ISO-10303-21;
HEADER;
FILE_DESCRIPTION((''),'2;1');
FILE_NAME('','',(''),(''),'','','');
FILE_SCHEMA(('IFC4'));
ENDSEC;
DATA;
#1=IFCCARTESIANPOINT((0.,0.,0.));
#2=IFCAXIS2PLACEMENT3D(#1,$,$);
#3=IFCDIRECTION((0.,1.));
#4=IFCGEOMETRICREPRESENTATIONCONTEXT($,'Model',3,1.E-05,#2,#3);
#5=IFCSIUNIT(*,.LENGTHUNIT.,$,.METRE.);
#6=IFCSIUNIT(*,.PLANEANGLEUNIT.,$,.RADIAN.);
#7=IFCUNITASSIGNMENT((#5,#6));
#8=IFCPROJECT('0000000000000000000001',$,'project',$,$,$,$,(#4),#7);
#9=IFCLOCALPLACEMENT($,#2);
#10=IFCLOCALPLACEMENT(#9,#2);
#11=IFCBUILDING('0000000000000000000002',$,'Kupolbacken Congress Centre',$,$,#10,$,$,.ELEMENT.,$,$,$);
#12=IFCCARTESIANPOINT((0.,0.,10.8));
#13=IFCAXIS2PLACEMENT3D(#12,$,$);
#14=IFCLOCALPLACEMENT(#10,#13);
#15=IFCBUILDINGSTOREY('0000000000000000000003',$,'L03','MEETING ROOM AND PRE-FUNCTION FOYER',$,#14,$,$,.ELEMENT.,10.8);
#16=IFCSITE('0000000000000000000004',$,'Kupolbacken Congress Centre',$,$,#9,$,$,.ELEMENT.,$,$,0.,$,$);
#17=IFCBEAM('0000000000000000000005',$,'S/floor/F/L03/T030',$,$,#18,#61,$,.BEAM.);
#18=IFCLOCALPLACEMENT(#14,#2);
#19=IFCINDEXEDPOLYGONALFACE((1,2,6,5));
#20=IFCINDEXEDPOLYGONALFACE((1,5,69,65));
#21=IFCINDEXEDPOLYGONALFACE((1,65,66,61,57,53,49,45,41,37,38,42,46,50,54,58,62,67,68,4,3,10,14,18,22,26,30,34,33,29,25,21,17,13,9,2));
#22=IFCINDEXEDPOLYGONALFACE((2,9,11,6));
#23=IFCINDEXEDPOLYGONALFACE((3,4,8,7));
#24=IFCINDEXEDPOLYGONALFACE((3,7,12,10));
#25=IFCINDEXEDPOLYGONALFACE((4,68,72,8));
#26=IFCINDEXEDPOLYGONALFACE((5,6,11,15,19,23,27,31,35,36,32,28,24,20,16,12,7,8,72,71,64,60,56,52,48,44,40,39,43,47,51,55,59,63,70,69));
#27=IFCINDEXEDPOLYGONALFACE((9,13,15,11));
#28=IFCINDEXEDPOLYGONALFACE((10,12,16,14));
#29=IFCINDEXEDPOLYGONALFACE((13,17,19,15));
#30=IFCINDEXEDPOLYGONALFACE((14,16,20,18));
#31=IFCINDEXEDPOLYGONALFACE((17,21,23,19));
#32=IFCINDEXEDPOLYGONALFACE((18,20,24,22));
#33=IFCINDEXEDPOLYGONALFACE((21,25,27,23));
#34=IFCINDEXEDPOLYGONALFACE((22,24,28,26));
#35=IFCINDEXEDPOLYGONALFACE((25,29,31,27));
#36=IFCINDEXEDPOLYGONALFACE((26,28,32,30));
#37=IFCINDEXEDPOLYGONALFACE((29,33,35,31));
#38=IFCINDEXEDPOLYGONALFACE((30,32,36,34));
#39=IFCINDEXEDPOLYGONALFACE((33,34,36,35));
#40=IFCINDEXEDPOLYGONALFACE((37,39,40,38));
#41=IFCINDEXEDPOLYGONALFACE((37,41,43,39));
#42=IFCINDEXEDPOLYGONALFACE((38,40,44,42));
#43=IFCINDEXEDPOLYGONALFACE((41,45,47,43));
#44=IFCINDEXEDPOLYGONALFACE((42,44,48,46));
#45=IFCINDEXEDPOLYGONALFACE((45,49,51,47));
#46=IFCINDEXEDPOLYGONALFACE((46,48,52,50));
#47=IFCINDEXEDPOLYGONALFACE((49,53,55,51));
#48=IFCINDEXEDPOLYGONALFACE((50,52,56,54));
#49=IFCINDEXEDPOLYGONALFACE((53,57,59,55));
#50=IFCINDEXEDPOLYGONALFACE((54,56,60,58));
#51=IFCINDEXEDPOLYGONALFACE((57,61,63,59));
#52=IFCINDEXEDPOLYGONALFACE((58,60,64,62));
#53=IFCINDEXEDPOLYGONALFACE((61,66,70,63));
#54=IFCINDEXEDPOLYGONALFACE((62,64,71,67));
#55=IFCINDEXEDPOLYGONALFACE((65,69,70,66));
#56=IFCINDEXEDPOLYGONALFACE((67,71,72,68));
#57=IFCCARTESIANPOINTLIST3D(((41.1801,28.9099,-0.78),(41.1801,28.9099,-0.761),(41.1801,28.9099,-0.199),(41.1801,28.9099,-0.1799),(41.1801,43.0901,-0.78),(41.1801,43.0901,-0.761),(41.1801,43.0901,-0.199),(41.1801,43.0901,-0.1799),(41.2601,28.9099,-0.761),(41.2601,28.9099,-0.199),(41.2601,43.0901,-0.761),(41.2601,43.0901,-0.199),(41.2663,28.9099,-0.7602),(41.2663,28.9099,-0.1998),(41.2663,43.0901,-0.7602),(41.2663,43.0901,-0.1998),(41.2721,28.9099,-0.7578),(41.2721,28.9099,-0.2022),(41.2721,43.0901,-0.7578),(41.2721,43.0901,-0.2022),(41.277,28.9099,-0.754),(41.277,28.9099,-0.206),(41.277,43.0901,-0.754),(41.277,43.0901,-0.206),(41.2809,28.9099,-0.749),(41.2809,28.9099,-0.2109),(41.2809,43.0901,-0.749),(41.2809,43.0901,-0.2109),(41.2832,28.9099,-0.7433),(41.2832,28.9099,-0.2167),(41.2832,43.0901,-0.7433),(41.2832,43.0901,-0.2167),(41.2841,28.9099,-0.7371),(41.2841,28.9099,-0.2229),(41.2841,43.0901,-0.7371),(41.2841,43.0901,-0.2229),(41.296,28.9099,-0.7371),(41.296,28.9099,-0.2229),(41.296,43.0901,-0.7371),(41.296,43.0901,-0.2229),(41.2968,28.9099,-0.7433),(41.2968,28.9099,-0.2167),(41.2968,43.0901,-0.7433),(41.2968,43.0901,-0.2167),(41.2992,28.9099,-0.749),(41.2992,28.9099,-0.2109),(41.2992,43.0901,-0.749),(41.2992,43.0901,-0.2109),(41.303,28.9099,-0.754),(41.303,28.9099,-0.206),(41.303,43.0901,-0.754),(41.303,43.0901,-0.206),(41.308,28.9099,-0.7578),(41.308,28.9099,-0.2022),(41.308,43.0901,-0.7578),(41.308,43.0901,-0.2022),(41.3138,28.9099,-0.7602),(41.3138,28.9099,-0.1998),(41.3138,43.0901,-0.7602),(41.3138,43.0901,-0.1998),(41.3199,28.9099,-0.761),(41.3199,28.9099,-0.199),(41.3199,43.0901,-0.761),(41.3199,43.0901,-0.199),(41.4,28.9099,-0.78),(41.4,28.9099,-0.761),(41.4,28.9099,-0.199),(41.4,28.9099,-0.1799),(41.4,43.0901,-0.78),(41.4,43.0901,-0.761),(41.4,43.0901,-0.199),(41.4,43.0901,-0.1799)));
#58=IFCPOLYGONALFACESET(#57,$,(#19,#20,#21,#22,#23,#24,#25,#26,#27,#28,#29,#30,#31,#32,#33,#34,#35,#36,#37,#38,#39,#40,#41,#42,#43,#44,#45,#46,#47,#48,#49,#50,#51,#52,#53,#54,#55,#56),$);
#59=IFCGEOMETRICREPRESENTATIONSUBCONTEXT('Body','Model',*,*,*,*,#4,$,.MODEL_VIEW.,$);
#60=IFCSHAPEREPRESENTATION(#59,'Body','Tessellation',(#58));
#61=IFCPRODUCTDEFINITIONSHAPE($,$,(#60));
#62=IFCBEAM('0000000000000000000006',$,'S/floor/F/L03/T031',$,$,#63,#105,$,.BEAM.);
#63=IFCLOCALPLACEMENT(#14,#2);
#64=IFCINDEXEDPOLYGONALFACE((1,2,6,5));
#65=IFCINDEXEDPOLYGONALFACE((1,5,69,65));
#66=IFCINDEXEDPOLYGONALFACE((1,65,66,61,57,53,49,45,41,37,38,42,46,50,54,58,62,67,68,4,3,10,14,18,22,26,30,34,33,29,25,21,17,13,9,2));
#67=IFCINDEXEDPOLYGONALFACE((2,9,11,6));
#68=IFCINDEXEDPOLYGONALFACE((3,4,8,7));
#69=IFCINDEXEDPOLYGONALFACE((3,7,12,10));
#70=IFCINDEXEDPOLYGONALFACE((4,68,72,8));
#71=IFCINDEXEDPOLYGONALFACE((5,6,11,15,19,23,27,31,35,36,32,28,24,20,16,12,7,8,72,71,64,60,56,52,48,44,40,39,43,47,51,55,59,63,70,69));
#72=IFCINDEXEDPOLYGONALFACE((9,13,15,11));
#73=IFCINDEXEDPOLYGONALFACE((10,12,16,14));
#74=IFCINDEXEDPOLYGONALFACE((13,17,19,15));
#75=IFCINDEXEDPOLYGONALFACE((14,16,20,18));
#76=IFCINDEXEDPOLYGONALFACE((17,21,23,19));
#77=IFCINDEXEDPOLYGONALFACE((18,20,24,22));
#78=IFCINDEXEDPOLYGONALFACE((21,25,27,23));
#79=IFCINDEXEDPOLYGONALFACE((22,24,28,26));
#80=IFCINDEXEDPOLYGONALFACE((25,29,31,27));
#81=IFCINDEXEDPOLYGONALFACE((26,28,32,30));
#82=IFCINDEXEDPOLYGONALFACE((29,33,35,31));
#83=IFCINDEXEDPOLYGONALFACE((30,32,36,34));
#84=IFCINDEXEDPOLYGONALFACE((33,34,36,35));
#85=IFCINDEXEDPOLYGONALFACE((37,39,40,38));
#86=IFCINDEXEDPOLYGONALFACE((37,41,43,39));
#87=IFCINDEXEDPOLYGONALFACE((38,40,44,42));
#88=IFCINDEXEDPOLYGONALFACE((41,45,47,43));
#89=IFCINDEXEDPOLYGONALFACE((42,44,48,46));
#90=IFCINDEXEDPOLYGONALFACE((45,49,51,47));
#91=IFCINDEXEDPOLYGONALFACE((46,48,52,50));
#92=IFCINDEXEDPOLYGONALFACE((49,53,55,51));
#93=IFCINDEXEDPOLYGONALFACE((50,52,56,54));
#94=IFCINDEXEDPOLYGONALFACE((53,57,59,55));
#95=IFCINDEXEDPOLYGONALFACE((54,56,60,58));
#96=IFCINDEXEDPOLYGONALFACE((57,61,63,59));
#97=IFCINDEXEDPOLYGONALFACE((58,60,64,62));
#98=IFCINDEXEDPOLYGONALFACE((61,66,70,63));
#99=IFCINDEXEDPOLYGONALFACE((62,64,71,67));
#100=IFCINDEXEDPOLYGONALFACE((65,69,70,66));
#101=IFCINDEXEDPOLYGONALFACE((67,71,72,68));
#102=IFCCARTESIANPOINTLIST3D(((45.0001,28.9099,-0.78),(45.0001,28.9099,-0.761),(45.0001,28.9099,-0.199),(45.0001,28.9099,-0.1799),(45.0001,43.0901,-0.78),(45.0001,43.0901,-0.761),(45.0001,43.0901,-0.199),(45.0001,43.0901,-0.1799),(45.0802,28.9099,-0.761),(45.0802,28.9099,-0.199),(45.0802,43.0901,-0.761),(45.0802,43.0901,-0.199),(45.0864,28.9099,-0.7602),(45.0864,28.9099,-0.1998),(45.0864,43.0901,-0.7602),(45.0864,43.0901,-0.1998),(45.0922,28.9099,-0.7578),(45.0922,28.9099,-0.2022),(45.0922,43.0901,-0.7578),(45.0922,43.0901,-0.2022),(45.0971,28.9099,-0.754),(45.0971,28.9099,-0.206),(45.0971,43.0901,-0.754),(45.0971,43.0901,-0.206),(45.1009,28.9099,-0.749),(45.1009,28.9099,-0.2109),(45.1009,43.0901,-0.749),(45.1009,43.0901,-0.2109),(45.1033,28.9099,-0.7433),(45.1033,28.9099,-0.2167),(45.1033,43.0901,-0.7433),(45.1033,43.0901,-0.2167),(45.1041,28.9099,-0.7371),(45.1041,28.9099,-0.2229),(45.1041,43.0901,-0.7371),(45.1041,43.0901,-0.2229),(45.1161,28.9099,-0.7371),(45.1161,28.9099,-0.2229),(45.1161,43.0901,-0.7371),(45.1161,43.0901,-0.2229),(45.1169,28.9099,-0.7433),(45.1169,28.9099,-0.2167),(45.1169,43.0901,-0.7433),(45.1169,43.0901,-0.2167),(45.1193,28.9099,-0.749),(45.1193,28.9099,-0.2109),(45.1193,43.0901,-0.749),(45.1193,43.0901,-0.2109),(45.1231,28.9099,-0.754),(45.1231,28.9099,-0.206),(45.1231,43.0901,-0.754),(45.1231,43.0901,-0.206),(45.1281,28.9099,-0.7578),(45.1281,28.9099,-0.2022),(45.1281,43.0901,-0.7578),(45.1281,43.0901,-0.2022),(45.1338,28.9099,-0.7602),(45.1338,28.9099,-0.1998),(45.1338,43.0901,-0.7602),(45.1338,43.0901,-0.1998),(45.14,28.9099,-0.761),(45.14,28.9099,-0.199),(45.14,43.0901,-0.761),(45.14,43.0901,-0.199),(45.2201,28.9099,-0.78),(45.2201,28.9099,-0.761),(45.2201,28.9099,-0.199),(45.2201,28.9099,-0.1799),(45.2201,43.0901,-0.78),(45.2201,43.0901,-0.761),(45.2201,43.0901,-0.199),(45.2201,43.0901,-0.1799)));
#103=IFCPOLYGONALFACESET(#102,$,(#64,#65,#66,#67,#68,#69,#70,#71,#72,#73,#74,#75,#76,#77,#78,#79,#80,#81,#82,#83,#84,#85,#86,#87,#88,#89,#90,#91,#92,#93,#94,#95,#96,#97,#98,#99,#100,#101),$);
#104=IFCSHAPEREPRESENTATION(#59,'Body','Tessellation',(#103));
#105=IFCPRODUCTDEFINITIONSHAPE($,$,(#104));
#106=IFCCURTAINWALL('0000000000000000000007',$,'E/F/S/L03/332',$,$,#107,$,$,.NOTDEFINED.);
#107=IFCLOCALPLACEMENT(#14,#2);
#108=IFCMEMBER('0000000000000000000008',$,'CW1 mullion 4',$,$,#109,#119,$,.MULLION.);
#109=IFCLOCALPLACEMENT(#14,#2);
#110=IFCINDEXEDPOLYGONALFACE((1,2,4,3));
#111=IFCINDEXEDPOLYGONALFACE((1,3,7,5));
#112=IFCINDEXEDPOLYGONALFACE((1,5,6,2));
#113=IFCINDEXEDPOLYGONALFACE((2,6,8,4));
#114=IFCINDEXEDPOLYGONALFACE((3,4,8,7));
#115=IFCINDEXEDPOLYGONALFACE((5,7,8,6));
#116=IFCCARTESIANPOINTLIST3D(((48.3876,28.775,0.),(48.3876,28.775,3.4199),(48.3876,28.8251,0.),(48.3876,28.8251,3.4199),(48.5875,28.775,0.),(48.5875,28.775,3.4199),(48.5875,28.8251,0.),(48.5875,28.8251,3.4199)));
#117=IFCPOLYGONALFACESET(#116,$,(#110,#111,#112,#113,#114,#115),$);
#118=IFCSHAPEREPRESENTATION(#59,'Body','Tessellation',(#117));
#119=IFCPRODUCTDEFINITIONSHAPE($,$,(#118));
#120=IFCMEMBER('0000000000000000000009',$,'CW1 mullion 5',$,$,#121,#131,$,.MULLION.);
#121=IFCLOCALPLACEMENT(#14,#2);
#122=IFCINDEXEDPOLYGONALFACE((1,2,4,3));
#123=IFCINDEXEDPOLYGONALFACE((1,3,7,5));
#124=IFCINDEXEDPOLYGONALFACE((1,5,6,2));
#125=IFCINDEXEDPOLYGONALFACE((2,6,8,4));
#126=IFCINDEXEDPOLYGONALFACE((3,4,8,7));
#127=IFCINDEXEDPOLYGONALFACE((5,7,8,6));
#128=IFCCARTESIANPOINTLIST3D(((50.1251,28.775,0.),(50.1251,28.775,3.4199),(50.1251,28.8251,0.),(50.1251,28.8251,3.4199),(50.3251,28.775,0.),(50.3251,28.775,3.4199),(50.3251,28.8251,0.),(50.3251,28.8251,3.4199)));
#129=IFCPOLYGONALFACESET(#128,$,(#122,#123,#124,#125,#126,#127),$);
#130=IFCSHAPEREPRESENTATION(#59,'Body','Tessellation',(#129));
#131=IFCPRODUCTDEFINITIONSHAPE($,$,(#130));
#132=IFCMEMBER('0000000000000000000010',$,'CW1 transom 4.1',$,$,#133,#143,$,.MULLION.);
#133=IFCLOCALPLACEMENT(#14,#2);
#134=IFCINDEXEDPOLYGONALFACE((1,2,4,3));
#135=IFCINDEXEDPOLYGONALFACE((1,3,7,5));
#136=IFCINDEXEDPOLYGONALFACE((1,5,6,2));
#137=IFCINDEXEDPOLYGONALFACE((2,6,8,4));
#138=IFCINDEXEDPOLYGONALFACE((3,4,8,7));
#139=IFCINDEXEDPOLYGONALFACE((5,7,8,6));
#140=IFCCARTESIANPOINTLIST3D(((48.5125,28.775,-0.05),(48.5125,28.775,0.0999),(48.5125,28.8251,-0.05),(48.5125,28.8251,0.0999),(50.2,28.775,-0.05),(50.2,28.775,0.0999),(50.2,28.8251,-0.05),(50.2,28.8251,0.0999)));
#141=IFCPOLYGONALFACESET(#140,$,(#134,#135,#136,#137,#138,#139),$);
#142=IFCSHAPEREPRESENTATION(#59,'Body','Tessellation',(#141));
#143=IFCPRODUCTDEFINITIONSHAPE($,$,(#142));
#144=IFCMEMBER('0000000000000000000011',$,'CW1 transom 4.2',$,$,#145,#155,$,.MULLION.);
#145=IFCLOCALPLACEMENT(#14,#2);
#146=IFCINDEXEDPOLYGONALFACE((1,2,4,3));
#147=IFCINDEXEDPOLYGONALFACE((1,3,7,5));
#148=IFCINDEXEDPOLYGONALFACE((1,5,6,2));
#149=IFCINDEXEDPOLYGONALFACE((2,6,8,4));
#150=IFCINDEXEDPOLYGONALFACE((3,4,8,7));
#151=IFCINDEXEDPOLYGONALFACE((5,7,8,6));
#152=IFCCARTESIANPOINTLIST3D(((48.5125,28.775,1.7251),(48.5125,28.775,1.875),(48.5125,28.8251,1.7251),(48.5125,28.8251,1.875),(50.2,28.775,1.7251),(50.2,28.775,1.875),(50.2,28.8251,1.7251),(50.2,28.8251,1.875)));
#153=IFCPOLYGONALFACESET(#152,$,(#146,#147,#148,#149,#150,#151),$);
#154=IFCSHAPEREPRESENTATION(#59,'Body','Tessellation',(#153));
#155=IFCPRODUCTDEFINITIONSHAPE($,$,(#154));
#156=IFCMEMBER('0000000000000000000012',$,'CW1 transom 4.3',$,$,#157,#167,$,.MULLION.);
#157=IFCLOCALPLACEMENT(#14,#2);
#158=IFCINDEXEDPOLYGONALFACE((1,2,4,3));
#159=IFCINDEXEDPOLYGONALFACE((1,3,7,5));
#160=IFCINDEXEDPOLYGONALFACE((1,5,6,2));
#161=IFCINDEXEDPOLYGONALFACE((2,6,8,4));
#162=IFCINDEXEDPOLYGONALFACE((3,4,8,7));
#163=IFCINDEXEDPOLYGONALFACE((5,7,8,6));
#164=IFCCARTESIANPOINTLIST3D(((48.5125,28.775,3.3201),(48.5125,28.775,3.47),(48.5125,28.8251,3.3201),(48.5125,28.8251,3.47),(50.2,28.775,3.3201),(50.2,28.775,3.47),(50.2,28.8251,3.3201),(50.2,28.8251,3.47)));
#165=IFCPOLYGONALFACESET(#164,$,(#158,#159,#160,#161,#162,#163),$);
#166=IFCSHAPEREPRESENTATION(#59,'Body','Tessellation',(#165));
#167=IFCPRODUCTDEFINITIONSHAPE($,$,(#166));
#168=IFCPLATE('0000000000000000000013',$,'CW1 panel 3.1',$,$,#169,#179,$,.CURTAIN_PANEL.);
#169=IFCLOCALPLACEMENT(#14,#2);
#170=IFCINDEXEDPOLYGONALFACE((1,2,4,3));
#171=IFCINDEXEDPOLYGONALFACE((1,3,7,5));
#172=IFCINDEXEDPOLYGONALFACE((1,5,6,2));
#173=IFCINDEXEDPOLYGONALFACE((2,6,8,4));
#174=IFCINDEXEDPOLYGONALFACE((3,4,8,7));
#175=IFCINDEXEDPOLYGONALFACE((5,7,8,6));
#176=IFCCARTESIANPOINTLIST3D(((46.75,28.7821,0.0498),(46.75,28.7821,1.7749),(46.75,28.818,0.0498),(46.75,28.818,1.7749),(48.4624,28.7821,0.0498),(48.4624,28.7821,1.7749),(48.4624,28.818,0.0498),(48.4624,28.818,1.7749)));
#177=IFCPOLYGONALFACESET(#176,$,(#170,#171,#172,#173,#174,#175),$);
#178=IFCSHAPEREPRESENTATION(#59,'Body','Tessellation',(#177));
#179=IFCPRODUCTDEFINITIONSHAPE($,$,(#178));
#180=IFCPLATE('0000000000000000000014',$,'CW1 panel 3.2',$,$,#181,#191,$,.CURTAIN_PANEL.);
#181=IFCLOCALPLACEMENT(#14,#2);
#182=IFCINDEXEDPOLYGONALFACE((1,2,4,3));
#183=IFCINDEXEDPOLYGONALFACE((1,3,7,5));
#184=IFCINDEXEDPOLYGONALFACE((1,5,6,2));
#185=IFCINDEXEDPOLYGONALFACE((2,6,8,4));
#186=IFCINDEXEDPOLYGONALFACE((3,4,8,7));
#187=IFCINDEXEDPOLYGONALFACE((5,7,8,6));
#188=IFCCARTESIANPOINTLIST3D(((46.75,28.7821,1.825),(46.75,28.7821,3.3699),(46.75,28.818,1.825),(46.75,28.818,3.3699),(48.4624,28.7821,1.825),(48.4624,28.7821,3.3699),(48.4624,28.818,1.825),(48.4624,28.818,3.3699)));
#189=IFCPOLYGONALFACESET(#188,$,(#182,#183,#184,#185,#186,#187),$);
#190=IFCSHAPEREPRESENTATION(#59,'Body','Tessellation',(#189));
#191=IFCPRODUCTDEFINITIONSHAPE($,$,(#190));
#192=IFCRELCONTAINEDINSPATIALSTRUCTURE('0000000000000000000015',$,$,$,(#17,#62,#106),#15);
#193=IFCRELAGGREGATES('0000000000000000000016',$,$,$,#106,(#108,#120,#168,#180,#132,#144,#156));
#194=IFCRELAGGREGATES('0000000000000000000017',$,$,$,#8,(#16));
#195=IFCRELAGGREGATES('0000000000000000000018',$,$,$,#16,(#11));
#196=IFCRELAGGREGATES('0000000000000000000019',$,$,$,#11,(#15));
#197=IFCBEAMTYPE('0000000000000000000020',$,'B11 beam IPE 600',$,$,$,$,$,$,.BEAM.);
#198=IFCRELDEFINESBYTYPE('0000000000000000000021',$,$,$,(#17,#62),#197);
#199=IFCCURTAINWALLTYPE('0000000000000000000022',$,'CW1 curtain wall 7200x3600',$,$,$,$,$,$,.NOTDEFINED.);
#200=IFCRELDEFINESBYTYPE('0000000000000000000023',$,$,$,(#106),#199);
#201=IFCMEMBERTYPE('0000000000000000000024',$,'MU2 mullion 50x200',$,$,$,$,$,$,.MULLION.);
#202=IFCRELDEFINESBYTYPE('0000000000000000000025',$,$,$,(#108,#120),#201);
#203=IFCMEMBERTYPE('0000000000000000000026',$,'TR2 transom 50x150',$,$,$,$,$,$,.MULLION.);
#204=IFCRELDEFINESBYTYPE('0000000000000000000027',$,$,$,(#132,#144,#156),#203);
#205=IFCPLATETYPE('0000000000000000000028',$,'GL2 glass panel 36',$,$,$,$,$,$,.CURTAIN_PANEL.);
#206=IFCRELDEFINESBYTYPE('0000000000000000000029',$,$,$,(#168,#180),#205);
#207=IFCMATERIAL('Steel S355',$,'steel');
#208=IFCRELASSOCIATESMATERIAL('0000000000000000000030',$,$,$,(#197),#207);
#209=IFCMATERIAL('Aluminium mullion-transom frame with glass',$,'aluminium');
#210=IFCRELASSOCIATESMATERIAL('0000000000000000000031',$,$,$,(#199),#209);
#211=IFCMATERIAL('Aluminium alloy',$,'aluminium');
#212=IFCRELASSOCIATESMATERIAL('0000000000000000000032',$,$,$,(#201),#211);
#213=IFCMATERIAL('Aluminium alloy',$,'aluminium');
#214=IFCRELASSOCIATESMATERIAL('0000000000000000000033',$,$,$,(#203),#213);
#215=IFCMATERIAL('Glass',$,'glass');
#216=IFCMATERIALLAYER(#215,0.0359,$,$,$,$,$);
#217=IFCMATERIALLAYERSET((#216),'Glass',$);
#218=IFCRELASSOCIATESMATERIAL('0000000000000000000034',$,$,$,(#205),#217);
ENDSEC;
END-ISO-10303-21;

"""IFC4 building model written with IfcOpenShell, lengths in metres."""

from ifc_helpers import new_model, si_unit, direction, frame, origin, origin_2d, place, context, subcontext, project, spatial, rectangle, i_section, extrude, material, layer, layer_set, material_profile, profile_set, type_object, element, aggregate, save


model = new_model("IFC4")

# Units and contexts
model_context = context("Model", 3, precision=1e-05, world=origin(), true_north=direction((0.0, 1.0)))
body_context = subcontext(model_context, "Body", "Model", "MODEL_VIEW")
ifc_project = project(units=[si_unit("LENGTHUNIT", "METRE"), si_unit("PLANEANGLEUNIT", "RADIAN")], contexts=[model_context])

# Site, building, storey
site_placement = place(None, origin())
site = spatial("IfcSite", under=ifc_project, at=site_placement, Name="Kupolbacken Congress Centre", CompositionType="ELEMENT", RefElevation=0.0)
building_placement = place(site_placement, origin())
building = spatial("IfcBuilding", under=site, at=building_placement, Name="Kupolbacken Congress Centre", CompositionType="ELEMENT")
storey_placement = place(building_placement, frame((0.0, 0.0, 10.8)))
storey = spatial("IfcBuildingStorey", under=building, at=storey_placement, Name="L03", Description="MEETING ROOM AND PRE-FUNCTION FOYER", CompositionType="ELEMENT", Elevation=10.8)

# Beams
ifc_material_1 = material(Name="Steel S355", Category="steel")
ifc_material_profile_1 = material_profile(ifc_material_1, i_section(OverallWidth=0.22, OverallDepth=0.6001, WebThickness=0.012, FlangeThickness=0.019, FilletRadius=0.0239, at=origin_2d()), Name="IPE 600")
ifc_profile_set_1 = profile_set([ifc_material_profile_1], Name="Steel S355")
beam_type_1 = type_object("IfcBeamType", Name="B11 beam IPE 600", PredefinedType="BEAM", material=ifc_profile_set_1)
for number, where, z_axis, x_axis, name in (
    (1, (41.29, 28.9099, -0.48), (0.0, 1.0, 0.0), (-1.0, 0.0, 0.0), "S/floor/F/L03/T030"),
    (2, (45.1101, 28.9099, -0.48), (0.0, 1.0, 0.0), (-1.0, 0.0, 0.0), "S/floor/F/L03/T031"),
):
    element("IfcBeam", number, at=place(storey_placement, frame(where, z_axis=z_axis, x_axis=x_axis)), inside=storey, type_object=beam_type_1, Name=name, PredefinedType="BEAM", context=body_context, shape_type="SweptSolid", body=[
        extrude(i_section(OverallWidth=0.22, OverallDepth=0.6001, WebThickness=0.012, FlangeThickness=0.019, FilletRadius=0.0239, at=origin_2d()), origin(), (0.0, 0.0, 1.0), 14.1802),
    ])

# Curtain wall, members, plates
ifc_material_2 = material(Name="Aluminium mullion-transom frame with glass", Category="aluminium")
curtain_wall_type = type_object("IfcCurtainWallType", Name="CW1 curtain wall 7200x3600", PredefinedType="NOTDEFINED", material=ifc_material_2)
curtain_wall_placement = place(storey_placement, origin())
curtain_wall = element("IfcCurtainWall", 3, at=curtain_wall_placement, inside=storey, type_object=curtain_wall_type, Name="E/F/S/L03/332", PredefinedType="NOTDEFINED")
ifc_material_3 = material(Name="Aluminium alloy", Category="aluminium")
ifc_material_profile_2 = material_profile(ifc_material_3, rectangle(XDim=0.05, YDim=0.2, at=origin_2d()), Name="50 x 200")
ifc_profile_set_2 = profile_set([ifc_material_profile_2], Name="Aluminium alloy")
member_type_1 = type_object("IfcMemberType", Name="MU2 mullion 50x200", PredefinedType="MULLION", material=ifc_profile_set_2)
member_1_placement = place(storey_placement, frame((48.4875, 28.8, 0.0), z_axis=(0.0, 0.0, 1.0), x_axis=(0.0, 1.0, 0.0)))
member_1 = element("IfcMember", 4, at=member_1_placement, type_object=member_type_1, Name="CW1 mullion 4", PredefinedType="MULLION", context=body_context, shape_type="SweptSolid", body=[
    extrude(rectangle(XDim=0.05, YDim=0.2, at=origin_2d()), origin(), (0.0, 0.0, 1.0), 3.4199),
])
member_2_placement = place(storey_placement, frame((50.2251, 28.8, 0.0), z_axis=(0.0, 0.0, 1.0), x_axis=(0.0, 1.0, 0.0)))
member_2 = element("IfcMember", 5, at=member_2_placement, type_object=member_type_1, Name="CW1 mullion 5", PredefinedType="MULLION", context=body_context, shape_type="SweptSolid", body=[
    extrude(rectangle(XDim=0.05, YDim=0.2, at=origin_2d()), origin(), (0.0, 0.0, 1.0), 3.4199),
])
ifc_material_4 = material(Name="Aluminium alloy", Category="aluminium")
ifc_material_profile_3 = material_profile(ifc_material_4, rectangle(XDim=0.05, YDim=0.1499, at=origin_2d()), Name="50 x 150")
ifc_profile_set_3 = profile_set([ifc_material_profile_3], Name="Aluminium alloy")
member_type_2 = type_object("IfcMemberType", Name="TR2 transom 50x150", PredefinedType="MULLION", material=ifc_profile_set_3)
member_3_placement = place(storey_placement, frame((48.5125, 28.8, 0.0249), z_axis=(1.0, 0.0, 0.0), x_axis=(0.0, 1.0, 0.0)))
member_3 = element("IfcMember", 6, at=member_3_placement, type_object=member_type_2, Name="CW1 transom 4.1", PredefinedType="MULLION", context=body_context, shape_type="SweptSolid", body=[
    extrude(rectangle(XDim=0.05, YDim=0.1499, at=origin_2d()), origin(), (0.0, 0.0, 1.0), 1.6875),
])
member_4_placement = place(storey_placement, frame((48.5125, 28.8, 1.8), z_axis=(1.0, 0.0, 0.0), x_axis=(0.0, 1.0, 0.0)))
member_4 = element("IfcMember", 7, at=member_4_placement, type_object=member_type_2, Name="CW1 transom 4.2", PredefinedType="MULLION", context=body_context, shape_type="SweptSolid", body=[
    extrude(rectangle(XDim=0.05, YDim=0.1499, at=origin_2d()), origin(), (0.0, 0.0, 1.0), 1.6875),
])
member_5_placement = place(storey_placement, frame((48.5125, 28.8, 3.395), z_axis=(1.0, 0.0, 0.0), x_axis=(0.0, 1.0, 0.0)))
member_5 = element("IfcMember", 8, at=member_5_placement, type_object=member_type_2, Name="CW1 transom 4.3", PredefinedType="MULLION", context=body_context, shape_type="SweptSolid", body=[
    extrude(rectangle(XDim=0.05, YDim=0.1499, at=origin_2d()), origin(), (0.0, 0.0, 1.0), 1.6875),
])
ifc_material_5 = material(Name="Glass", Category="glass")
ifc_layer = layer(ifc_material_5, 0.0359)
ifc_layer_set = layer_set([ifc_layer], Name="Glass")
plate_type = type_object("IfcPlateType", Name="GL2 glass panel 36", PredefinedType="CURTAIN_PANEL", material=ifc_layer_set)
plate_1_placement = place(storey_placement, frame((47.6062, 28.8, 0.0498), z_axis=(0.0, 0.0, 1.0), x_axis=(1.0, 0.0, 0.0)))
plate_1 = element("IfcPlate", 9, at=plate_1_placement, type_object=plate_type, Name="CW1 panel 3.1", PredefinedType="CURTAIN_PANEL", context=body_context, shape_type="SweptSolid", body=[
    extrude(rectangle(XDim=1.7124, YDim=0.0359, at=origin_2d()), origin(), (0.0, 0.0, 1.0), 1.7251),
])
plate_2_placement = place(storey_placement, frame((47.6062, 28.8, 1.825), z_axis=(0.0, 0.0, 1.0), x_axis=(1.0, 0.0, 0.0)))
plate_2 = element("IfcPlate", 10, at=plate_2_placement, type_object=plate_type, Name="CW1 panel 3.2", PredefinedType="CURTAIN_PANEL", context=body_context, shape_type="SweptSolid", body=[
    extrude(rectangle(XDim=1.7124, YDim=0.0359, at=origin_2d()), origin(), (0.0, 0.0, 1.0), 1.5449),
])
aggregate(curtain_wall, [member_1, member_2, plate_1, plate_2, member_3, member_4, member_5])

save(model, "model.ifc")
